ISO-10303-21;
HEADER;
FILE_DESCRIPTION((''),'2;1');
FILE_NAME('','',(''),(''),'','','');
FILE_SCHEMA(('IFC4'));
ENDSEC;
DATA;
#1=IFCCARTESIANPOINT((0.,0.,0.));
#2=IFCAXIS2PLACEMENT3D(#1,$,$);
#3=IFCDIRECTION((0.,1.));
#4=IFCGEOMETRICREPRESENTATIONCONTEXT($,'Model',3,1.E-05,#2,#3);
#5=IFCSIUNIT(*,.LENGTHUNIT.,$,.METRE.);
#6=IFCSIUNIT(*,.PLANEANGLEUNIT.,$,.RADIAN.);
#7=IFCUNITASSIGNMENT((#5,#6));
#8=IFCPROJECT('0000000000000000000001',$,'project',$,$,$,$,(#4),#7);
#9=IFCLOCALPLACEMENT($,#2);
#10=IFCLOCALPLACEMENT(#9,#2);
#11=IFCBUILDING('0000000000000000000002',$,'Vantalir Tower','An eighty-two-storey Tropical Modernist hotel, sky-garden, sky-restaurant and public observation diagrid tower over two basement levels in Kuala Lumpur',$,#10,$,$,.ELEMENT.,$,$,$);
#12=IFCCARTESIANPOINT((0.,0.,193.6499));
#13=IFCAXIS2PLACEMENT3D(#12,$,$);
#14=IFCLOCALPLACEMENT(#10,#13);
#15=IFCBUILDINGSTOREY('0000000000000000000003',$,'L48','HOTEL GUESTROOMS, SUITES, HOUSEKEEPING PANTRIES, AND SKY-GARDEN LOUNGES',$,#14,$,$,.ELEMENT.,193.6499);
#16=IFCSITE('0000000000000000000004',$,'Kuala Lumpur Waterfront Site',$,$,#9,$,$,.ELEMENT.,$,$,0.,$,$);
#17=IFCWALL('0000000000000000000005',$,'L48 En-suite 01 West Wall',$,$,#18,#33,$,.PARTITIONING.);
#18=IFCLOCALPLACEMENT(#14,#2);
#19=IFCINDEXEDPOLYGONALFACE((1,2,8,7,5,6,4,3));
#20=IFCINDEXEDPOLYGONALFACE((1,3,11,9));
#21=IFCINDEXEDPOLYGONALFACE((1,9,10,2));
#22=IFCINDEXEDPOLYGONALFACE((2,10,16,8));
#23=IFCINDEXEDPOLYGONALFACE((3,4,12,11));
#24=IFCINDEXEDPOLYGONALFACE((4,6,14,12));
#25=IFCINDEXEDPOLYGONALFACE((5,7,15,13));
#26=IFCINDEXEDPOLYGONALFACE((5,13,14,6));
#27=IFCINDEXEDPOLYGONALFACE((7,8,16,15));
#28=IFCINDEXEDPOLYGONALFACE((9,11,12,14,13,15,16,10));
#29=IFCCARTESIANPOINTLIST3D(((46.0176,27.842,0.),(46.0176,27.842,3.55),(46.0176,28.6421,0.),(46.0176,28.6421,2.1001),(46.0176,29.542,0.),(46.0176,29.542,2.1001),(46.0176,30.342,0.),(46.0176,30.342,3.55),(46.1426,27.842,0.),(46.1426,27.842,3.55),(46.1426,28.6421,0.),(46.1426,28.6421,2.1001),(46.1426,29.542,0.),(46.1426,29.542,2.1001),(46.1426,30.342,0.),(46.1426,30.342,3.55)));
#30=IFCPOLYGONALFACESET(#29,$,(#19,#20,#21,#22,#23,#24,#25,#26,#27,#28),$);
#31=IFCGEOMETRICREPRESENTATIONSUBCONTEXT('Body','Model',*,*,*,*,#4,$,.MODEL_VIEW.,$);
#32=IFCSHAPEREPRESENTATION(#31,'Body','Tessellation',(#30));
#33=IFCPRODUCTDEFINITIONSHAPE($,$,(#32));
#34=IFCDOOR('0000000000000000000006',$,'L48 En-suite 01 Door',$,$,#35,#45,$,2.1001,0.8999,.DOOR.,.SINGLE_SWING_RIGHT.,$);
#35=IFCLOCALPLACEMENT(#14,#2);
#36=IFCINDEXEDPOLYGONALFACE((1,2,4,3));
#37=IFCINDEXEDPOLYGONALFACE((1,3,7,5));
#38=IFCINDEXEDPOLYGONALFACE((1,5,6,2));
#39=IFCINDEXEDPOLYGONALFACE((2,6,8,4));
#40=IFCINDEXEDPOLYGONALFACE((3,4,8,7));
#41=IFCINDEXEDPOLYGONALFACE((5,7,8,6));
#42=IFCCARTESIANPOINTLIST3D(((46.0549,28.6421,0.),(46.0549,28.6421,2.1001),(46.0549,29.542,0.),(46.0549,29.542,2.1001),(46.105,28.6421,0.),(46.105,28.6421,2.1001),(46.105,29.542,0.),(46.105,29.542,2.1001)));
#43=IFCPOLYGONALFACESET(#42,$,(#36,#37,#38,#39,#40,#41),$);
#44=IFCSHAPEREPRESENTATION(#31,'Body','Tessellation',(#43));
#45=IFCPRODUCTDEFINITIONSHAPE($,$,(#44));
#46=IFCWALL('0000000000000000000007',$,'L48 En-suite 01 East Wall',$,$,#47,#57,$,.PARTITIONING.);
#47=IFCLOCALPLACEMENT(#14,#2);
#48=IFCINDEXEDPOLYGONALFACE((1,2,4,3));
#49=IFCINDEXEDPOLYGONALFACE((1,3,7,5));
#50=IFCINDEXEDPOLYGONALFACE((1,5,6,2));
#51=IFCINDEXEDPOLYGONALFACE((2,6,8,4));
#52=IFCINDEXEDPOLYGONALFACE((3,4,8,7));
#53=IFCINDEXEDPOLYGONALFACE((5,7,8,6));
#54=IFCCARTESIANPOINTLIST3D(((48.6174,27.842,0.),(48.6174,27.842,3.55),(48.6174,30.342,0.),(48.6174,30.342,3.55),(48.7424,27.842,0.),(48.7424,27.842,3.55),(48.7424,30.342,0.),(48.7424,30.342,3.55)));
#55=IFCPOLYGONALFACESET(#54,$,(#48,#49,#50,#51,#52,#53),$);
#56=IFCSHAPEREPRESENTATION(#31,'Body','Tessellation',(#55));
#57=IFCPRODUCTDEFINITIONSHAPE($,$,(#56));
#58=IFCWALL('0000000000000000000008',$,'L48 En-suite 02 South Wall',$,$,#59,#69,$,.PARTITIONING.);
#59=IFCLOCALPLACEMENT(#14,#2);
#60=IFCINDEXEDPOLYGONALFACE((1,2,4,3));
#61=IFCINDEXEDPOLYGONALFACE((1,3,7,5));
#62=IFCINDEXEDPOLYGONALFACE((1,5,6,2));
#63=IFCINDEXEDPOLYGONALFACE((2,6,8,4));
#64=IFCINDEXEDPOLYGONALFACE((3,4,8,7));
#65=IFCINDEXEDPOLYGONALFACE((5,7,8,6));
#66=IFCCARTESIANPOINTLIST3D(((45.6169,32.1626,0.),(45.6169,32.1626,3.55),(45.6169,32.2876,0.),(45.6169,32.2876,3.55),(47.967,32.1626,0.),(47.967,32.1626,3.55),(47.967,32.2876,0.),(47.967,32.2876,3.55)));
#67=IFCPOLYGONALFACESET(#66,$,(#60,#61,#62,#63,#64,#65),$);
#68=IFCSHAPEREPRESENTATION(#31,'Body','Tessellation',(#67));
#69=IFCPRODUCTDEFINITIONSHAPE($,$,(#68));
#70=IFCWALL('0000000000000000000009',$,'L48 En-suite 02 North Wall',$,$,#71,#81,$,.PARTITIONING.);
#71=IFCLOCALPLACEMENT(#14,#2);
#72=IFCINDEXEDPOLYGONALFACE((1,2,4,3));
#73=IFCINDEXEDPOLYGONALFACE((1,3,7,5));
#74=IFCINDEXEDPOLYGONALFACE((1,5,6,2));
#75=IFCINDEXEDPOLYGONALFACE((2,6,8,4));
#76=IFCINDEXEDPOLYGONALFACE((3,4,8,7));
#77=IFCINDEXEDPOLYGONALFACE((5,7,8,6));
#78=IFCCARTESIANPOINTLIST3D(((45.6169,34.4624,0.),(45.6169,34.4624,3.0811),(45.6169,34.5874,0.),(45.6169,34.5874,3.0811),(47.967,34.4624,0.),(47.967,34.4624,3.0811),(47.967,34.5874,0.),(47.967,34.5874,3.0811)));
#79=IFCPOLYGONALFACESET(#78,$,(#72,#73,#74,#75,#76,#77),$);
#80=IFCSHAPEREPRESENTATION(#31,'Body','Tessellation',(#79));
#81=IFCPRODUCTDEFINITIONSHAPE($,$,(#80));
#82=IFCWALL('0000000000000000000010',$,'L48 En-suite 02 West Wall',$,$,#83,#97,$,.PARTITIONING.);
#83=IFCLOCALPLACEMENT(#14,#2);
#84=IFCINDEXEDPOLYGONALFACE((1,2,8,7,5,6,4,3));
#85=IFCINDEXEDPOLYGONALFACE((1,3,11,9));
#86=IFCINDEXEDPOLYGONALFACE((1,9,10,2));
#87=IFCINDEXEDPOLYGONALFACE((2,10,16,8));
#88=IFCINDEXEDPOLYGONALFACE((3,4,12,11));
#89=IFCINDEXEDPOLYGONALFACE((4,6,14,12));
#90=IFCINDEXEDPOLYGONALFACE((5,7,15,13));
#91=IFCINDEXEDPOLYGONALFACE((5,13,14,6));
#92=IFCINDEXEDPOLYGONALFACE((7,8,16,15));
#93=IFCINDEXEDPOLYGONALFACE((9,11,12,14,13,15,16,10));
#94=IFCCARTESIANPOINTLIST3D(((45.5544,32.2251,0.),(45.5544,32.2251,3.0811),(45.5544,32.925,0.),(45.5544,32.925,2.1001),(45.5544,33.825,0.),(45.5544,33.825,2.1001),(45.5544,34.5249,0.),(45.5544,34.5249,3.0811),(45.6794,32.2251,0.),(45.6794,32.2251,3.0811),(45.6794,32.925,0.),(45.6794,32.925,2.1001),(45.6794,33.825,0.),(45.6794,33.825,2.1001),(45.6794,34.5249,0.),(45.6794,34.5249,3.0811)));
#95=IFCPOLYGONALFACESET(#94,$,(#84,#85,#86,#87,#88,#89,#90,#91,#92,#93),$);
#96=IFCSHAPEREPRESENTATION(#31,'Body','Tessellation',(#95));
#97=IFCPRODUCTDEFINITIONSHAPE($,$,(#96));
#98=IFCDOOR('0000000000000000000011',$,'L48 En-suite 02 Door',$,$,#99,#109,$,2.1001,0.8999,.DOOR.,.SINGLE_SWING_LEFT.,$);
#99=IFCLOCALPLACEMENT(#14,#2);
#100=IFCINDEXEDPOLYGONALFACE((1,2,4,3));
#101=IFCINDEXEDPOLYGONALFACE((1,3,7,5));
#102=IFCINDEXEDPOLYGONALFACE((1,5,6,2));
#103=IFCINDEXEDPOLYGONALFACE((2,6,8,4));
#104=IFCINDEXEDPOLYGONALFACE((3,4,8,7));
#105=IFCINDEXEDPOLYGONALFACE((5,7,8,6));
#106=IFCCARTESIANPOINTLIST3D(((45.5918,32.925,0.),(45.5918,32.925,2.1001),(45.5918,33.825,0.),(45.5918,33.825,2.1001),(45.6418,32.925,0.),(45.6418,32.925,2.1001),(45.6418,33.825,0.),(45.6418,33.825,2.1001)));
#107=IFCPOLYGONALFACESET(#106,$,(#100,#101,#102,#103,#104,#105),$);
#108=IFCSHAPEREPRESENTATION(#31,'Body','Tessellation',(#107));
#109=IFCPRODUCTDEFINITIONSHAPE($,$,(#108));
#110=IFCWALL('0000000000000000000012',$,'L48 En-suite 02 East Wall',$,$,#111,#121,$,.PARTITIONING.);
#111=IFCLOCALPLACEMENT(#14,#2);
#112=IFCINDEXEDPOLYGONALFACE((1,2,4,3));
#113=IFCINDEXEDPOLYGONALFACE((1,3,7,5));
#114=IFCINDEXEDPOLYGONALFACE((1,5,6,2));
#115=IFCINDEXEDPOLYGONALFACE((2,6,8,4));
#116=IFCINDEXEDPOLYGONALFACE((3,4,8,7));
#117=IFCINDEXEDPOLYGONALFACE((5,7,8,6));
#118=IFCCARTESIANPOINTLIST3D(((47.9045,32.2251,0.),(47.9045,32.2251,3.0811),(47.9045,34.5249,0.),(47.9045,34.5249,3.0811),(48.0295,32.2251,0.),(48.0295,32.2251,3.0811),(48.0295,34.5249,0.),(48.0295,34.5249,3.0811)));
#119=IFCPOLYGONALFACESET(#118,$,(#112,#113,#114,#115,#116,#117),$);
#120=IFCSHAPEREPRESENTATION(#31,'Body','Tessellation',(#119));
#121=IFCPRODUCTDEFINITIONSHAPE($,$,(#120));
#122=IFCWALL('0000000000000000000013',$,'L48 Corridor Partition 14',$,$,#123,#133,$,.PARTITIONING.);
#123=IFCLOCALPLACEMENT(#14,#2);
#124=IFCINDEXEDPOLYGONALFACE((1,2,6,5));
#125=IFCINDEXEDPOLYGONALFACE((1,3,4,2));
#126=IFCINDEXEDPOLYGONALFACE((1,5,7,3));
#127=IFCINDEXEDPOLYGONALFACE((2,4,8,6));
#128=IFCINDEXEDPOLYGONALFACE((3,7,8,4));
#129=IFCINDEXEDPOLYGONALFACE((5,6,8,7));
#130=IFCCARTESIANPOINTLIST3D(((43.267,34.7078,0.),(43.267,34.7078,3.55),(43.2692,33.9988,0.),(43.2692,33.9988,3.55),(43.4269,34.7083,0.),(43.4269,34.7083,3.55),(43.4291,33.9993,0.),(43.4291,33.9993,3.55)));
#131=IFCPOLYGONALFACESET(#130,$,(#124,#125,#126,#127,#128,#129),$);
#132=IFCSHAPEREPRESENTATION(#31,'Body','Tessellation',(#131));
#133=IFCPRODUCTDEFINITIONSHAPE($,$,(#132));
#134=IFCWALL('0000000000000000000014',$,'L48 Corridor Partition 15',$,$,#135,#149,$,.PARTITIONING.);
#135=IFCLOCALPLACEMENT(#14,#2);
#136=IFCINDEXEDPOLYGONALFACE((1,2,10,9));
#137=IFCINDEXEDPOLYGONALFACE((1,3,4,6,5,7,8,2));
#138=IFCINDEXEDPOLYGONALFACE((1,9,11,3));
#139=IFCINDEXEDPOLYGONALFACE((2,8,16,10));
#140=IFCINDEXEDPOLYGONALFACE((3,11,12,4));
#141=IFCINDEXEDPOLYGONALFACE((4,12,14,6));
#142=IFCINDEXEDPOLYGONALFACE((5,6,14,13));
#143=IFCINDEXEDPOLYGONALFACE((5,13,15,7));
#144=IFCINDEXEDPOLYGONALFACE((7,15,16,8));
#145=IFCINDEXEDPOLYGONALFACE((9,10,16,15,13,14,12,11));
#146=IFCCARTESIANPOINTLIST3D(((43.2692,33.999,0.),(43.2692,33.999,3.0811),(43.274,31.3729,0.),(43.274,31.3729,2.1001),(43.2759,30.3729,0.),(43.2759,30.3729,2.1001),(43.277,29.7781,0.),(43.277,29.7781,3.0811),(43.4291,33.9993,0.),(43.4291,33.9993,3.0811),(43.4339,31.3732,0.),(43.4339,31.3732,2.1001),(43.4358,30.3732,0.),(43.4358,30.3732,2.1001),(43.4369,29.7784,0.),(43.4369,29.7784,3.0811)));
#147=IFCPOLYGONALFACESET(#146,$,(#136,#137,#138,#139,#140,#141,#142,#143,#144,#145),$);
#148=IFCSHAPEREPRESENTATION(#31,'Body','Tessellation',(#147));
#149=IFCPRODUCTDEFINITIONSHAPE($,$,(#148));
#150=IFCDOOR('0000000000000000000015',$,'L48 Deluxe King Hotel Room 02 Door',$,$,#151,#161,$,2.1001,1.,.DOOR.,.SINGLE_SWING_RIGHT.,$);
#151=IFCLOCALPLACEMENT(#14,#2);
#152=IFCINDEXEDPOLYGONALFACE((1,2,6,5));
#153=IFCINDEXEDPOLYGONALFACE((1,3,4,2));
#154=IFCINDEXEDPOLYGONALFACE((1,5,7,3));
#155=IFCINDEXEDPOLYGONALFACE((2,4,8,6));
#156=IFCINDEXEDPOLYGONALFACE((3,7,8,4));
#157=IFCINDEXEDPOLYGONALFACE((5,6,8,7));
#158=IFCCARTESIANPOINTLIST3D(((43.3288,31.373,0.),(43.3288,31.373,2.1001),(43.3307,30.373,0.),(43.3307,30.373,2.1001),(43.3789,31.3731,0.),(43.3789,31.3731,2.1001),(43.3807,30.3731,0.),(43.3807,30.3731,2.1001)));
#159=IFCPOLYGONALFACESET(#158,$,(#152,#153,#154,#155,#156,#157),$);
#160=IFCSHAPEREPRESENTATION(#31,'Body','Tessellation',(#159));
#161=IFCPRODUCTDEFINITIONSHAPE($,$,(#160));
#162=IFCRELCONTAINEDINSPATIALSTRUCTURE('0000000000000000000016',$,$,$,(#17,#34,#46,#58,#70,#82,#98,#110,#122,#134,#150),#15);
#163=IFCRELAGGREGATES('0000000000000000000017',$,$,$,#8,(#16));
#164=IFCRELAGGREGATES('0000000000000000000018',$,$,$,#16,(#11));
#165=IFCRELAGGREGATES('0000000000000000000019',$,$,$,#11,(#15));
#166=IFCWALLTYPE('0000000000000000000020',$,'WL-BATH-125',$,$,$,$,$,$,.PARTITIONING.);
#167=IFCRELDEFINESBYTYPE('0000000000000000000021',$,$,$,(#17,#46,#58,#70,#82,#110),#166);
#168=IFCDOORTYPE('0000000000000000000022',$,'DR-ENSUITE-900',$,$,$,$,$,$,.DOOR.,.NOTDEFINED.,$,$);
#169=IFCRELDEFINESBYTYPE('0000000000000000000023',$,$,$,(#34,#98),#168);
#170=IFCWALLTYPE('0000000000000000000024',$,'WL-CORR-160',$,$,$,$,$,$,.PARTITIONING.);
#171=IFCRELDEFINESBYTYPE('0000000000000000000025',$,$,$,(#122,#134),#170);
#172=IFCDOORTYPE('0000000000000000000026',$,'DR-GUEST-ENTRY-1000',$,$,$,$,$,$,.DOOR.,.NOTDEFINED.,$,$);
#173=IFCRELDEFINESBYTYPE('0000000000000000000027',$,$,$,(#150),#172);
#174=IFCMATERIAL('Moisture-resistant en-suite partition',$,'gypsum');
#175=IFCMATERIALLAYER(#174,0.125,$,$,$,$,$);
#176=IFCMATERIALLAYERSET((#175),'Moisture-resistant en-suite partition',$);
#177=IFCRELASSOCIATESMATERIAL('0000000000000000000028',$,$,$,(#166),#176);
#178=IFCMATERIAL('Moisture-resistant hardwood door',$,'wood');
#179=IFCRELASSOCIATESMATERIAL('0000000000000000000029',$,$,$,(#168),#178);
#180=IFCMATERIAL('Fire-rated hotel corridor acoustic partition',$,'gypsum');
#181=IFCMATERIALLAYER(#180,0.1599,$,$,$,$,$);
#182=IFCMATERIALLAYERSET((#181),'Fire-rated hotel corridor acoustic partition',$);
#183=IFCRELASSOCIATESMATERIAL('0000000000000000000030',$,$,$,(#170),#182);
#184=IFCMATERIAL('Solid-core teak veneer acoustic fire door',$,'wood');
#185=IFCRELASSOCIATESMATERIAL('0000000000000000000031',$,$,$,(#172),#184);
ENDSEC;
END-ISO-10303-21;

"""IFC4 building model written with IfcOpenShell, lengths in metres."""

from ifc_helpers import new_model, si_unit, direction, frame, frame_2d, origin, place, context, subcontext, project, spatial, rectangle, extrude, material, layer, layer_set, type_object, element, fill, save


model = new_model("IFC4")

# Units and contexts
model_context = context("Model", 3, precision=1e-05, world=origin(), true_north=direction((0.0, 1.0)))
body_context = subcontext(model_context, "Body", "Model", "MODEL_VIEW")
ifc_project = project(units=[si_unit("LENGTHUNIT", "METRE"), si_unit("PLANEANGLEUNIT", "RADIAN")], contexts=[model_context])

# Site, building, storey
site_placement = place(None, origin())
site = spatial("IfcSite", under=ifc_project, at=site_placement, Name="Kuala Lumpur Waterfront Site", CompositionType="ELEMENT", RefElevation=0.0)
building_placement = place(site_placement, origin())
building = spatial("IfcBuilding", under=site, at=building_placement, Name="Vantalir Tower", Description="An eighty-two-storey Tropical Modernist hotel, sky-garden, sky-restaurant and public observation diagrid tower over two basement levels in Kuala Lumpur", CompositionType="ELEMENT")
storey_placement = place(building_placement, frame((0.0, 0.0, 193.6499)))
storey = spatial("IfcBuildingStorey", under=building, at=storey_placement, Name="L48", Description="HOTEL GUESTROOMS, SUITES, HOUSEKEEPING PANTRIES, AND SKY-GARDEN LOUNGES", CompositionType="ELEMENT", Elevation=193.6499)

# Shared definitions
ifc_material_1 = material(Name="Moisture-resistant en-suite partition", Category="gypsum")
ifc_layer_1 = layer(ifc_material_1, 0.125)
ifc_layer_set_1 = layer_set([ifc_layer_1], Name="Moisture-resistant en-suite partition")
wall_type_1 = type_object("IfcWallType", Name="WL-BATH-125", PredefinedType="PARTITIONING", material=ifc_layer_set_1)

# Wall, opening, door
wall_1_placement = place(storey_placement, frame((46.0801, 27.842, 0.0), z_axis=(0.0, 0.0, 1.0), x_axis=(0.0, 1.0, 0.0)))
wall_1 = element("IfcWall", 1, at=wall_1_placement, inside=storey, type_object=wall_type_1, Name="L48 En-suite 01 West Wall", PredefinedType="PARTITIONING", context=body_context, shape_type="SweptSolid", body=[
    extrude(rectangle(XDim=2.5, YDim=0.125, at=frame_2d((1.25, 0.0))), origin(), (0.0, 0.0, 1.0), 3.55),
])
opening_1_placement = place(wall_1_placement, frame((0.8, 0.0, 0.0)))
opening_1 = element("IfcOpeningElement", 2, at=opening_1_placement, cuts=wall_1, PredefinedType="OPENING", context=body_context, shape_type="SweptSolid", body=[
    extrude(rectangle(XDim=0.8999, YDim=2.1001, at=frame_2d((0.45, 1.05))), frame((0.0, 0.0725, 0.0), z_axis=(0.0, -1.0, 0.0), x_axis=(1.0, 0.0, 0.0)), (0.0, 0.0, 1.0), 0.145),
])
ifc_material_2 = material(Name="Moisture-resistant hardwood door", Category="wood")
door_type_1 = type_object("IfcDoorType", Name="DR-ENSUITE-900", OperationType="NOTDEFINED", PredefinedType="DOOR", material=ifc_material_2)
door_1_placement = place(opening_1_placement, frame((0.8999, 0.0, 0.0), z_axis=(0.0, 0.0, 1.0), x_axis=(-1.0, 0.0, 0.0)))
door_1 = element("IfcDoor", 3, at=door_1_placement, inside=storey, type_object=door_type_1, Name="L48 En-suite 01 Door", OperationType="SINGLE_SWING_RIGHT", OverallHeight=2.1001, OverallWidth=0.8999, PredefinedType="DOOR", context=body_context, shape_type="SweptSolid", body=[
    extrude(rectangle(XDim=0.8999, YDim=2.1001, at=frame_2d((0.45, 1.05))), frame((0.0, 0.0249, 0.0), z_axis=(0.0, -1.0, 0.0), x_axis=(1.0, 0.0, 0.0)), (0.0, 0.0, 1.0), 0.05),
])
fill(opening_1, door_1)

# Walls
wall_2_placement = place(storey_placement, frame((48.6799, 27.842, 0.0), z_axis=(0.0, 0.0, 1.0), x_axis=(0.0, 1.0, 0.0)))
element("IfcWall", 4, at=wall_2_placement, inside=storey, type_object=wall_type_1, Name="L48 En-suite 01 East Wall", PredefinedType="PARTITIONING", context=body_context, shape_type="SweptSolid", body=[
    extrude(rectangle(XDim=2.5, YDim=0.125, at=frame_2d((1.25, 0.0))), origin(), (0.0, 0.0, 1.0), 3.55),
])
wall_3_placement = place(storey_placement, frame((45.6169, 32.2251, 0.0), z_axis=(0.0, 0.0, 1.0), x_axis=(1.0, 0.0, 0.0)))
element("IfcWall", 5, at=wall_3_placement, inside=storey, type_object=wall_type_1, Name="L48 En-suite 02 South Wall", PredefinedType="PARTITIONING", context=body_context, shape_type="SweptSolid", body=[
    extrude(rectangle(XDim=2.3501, YDim=0.125, at=frame_2d((1.175, 0.0))), origin(), (0.0, 0.0, 1.0), 3.55),
])
wall_4_placement = place(storey_placement, frame((45.6169, 34.5249, 0.0), z_axis=(0.0, 0.0, 1.0), x_axis=(1.0, 0.0, 0.0)))
element("IfcWall", 6, at=wall_4_placement, inside=storey, type_object=wall_type_1, Name="L48 En-suite 02 North Wall", PredefinedType="PARTITIONING", context=body_context, shape_type="SweptSolid", body=[
    extrude(rectangle(XDim=2.3501, YDim=0.125, at=frame_2d((1.175, 0.0))), origin(), (0.0, 0.0, 1.0), 3.0811),
])

# Wall, opening, door
wall_5_placement = place(storey_placement, frame((45.6169, 32.2251, 0.0), z_axis=(0.0, 0.0, 1.0), x_axis=(0.0, 1.0, 0.0)))
wall_5 = element("IfcWall", 7, at=wall_5_placement, inside=storey, type_object=wall_type_1, Name="L48 En-suite 02 West Wall", PredefinedType="PARTITIONING", context=body_context, shape_type="SweptSolid", body=[
    extrude(rectangle(XDim=2.2998, YDim=0.125, at=frame_2d((1.1499, 0.0))), origin(), (0.0, 0.0, 1.0), 3.0811),
])
opening_2_placement = place(wall_5_placement, frame((0.7, 0.0, 0.0)))
opening_2 = element("IfcOpeningElement", 8, at=opening_2_placement, cuts=wall_5, PredefinedType="OPENING", context=body_context, shape_type="SweptSolid", body=[
    extrude(rectangle(XDim=0.8999, YDim=2.1001, at=frame_2d((0.45, 1.05))), frame((0.0, 0.0725, 0.0), z_axis=(0.0, -1.0, 0.0), x_axis=(1.0, 0.0, 0.0)), (0.0, 0.0, 1.0), 0.145),
])
door_2_placement = place(opening_2_placement, frame((0.8999, 0.0, 0.0), z_axis=(0.0, 0.0, 1.0), x_axis=(-1.0, 0.0, 0.0)))
door_2 = element("IfcDoor", 9, at=door_2_placement, inside=storey, type_object=door_type_1, Name="L48 En-suite 02 Door", OperationType="SINGLE_SWING_LEFT", OverallHeight=2.1001, OverallWidth=0.8999, PredefinedType="DOOR", context=body_context, shape_type="SweptSolid", body=[
    extrude(rectangle(XDim=0.8999, YDim=2.1001, at=frame_2d((0.45, 1.05))), frame((0.0, 0.0249, 0.0), z_axis=(0.0, -1.0, 0.0), x_axis=(1.0, 0.0, 0.0)), (0.0, 0.0, 1.0), 0.05),
])
fill(opening_2, door_2)

# Walls
wall_6_placement = place(storey_placement, frame((47.967, 32.2251, 0.0), z_axis=(0.0, 0.0, 1.0), x_axis=(0.0, 1.0, 0.0)))
element("IfcWall", 10, at=wall_6_placement, inside=storey, type_object=wall_type_1, Name="L48 En-suite 02 East Wall", PredefinedType="PARTITIONING", context=body_context, shape_type="SweptSolid", body=[
    extrude(rectangle(XDim=2.2998, YDim=0.125, at=frame_2d((1.1499, 0.0))), origin(), (0.0, 0.0, 1.0), 3.0811),
])
ifc_material_3 = material(Name="Fire-rated hotel corridor acoustic partition", Category="gypsum")
ifc_layer_2 = layer(ifc_material_3, 0.1599)
ifc_layer_set_2 = layer_set([ifc_layer_2], Name="Fire-rated hotel corridor acoustic partition")
wall_type_2 = type_object("IfcWallType", Name="WL-CORR-160", PredefinedType="PARTITIONING", material=ifc_layer_set_2)
wall_7_placement = place(storey_placement, frame((43.3469, 34.708, 0.0), z_axis=(0.0, 0.0, 1.0), x_axis=(0.003099, -0.999995, 0.0)))
element("IfcWall", 11, at=wall_7_placement, inside=storey, type_object=wall_type_2, Name="L48 Corridor Partition 14", PredefinedType="PARTITIONING", context=body_context, shape_type="SweptSolid", body=[
    extrude(rectangle(XDim=0.709, YDim=0.1599, at=frame_2d((0.3545, 0.0))), origin(), (0.0, 0.0, 1.0), 3.55),
])

# Wall, opening, door
wall_8_placement = place(storey_placement, frame((43.3491, 33.999, 0.0), z_axis=(0.0, 0.0, 1.0), x_axis=(0.001851, -0.999998, 0.0)))
wall_8 = element("IfcWall", 12, at=wall_8_placement, inside=storey, type_object=wall_type_2, Name="L48 Corridor Partition 15", PredefinedType="PARTITIONING", context=body_context, shape_type="SweptSolid", body=[
    extrude(rectangle(XDim=4.2209, YDim=0.1599, at=frame_2d((2.1104, 0.0))), origin(), (0.0, 0.0, 1.0), 3.0811),
])
opening_3_placement = place(wall_8_placement, frame((2.626, 0.0, 0.0)))
opening_3 = element("IfcOpeningElement", 13, at=opening_3_placement, cuts=wall_8, PredefinedType="OPENING", context=body_context, shape_type="SweptSolid", body=[
    extrude(rectangle(XDim=1.0, YDim=2.1001, at=frame_2d((0.5, 1.05))), frame((0.0, 0.0898, 0.0), z_axis=(0.0, -1.0, 0.0), x_axis=(1.0, 0.0, 0.0)), (0.0, 0.0, 1.0), 0.1799),
])
ifc_material_4 = material(Name="Solid-core teak veneer acoustic fire door", Category="wood")
door_type_2 = type_object("IfcDoorType", Name="DR-GUEST-ENTRY-1000", OperationType="NOTDEFINED", PredefinedType="DOOR", material=ifc_material_4)
door_3_placement = place(opening_3_placement, origin())
door_3 = element("IfcDoor", 14, at=door_3_placement, inside=storey, type_object=door_type_2, Name="L48 Deluxe King Hotel Room 02 Door", OperationType="SINGLE_SWING_RIGHT", OverallHeight=2.1001, OverallWidth=1.0, PredefinedType="DOOR", context=body_context, shape_type="SweptSolid", body=[
    extrude(rectangle(XDim=1.0, YDim=2.1001, at=frame_2d((0.5, 1.05))), frame((0.0, 0.0249, 0.0), z_axis=(0.0, -1.0, 0.0), x_axis=(1.0, 0.0, 0.0)), (0.0, 0.0, 1.0), 0.05),
])
fill(opening_3, door_3)

save(model, "model.ifc")
